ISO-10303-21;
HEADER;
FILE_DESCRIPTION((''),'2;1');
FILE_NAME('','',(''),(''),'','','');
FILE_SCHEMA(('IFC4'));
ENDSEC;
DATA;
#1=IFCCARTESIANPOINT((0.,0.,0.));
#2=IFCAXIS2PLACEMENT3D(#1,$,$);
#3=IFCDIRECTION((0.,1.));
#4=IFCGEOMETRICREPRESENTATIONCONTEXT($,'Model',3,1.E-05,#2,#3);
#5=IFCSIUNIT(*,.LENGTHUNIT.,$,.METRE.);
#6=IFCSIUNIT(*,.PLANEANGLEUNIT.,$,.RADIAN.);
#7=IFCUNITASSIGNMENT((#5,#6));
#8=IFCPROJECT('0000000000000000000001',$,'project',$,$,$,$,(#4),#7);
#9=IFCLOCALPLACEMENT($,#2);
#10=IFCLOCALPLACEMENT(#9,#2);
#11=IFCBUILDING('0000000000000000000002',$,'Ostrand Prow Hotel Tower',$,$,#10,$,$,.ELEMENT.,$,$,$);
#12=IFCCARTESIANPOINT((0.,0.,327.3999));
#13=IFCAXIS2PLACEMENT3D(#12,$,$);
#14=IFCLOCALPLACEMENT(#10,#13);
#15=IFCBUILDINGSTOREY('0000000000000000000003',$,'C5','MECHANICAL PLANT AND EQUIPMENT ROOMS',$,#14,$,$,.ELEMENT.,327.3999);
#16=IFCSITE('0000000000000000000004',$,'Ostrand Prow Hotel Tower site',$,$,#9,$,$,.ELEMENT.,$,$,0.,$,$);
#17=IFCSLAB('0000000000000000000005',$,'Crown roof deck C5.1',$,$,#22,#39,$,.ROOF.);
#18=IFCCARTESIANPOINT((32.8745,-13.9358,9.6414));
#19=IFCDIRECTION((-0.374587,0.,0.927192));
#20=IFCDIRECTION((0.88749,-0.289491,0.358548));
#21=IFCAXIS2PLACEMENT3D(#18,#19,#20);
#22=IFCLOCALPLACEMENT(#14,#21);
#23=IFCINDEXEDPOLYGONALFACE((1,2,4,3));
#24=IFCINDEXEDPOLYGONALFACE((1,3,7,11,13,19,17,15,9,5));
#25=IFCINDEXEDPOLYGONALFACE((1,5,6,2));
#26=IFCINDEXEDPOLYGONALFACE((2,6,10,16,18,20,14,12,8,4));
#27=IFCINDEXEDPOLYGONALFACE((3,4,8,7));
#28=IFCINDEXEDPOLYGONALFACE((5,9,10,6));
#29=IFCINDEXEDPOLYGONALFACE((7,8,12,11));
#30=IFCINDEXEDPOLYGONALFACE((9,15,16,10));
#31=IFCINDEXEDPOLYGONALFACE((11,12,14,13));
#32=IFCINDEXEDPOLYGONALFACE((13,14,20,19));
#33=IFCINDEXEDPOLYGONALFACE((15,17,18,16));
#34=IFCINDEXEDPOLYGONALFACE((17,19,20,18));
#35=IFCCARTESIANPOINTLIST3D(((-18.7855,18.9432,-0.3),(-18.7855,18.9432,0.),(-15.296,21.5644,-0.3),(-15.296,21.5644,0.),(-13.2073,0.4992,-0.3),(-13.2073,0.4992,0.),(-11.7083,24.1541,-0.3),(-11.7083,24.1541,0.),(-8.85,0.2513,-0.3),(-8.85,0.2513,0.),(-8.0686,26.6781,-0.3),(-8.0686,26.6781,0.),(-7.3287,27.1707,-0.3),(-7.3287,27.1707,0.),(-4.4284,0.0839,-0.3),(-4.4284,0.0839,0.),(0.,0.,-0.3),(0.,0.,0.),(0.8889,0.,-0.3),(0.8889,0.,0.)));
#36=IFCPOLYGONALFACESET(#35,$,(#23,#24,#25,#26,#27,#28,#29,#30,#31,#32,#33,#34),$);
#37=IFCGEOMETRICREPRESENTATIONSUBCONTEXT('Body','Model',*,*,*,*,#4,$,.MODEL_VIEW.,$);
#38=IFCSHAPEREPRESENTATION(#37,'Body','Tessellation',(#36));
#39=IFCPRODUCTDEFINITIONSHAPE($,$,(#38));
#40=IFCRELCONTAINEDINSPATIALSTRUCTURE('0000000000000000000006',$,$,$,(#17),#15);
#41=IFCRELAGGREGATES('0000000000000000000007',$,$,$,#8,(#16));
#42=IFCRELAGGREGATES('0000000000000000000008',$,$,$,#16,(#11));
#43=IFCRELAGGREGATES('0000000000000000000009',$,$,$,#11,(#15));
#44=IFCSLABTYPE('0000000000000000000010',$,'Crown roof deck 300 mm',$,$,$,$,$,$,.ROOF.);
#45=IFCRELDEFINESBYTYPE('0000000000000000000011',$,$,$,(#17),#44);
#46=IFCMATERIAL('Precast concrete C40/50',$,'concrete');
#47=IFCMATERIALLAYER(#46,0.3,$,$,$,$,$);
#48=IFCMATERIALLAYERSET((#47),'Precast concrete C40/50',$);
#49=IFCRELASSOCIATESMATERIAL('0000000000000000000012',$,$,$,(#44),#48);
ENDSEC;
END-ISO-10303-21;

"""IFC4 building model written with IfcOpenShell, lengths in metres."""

from ifc_helpers import new_model, si_unit, direction, frame, origin, place, context, subcontext, project, spatial, polyline, outline, extrude, material, layer, layer_set, type_object, element, save


model = new_model("IFC4")

# Units and contexts
model_context = context("Model", 3, precision=1e-05, world=origin(), true_north=direction((0.0, 1.0)))
body_context = subcontext(model_context, "Body", "Model", "MODEL_VIEW")
ifc_project = project(units=[si_unit("LENGTHUNIT", "METRE"), si_unit("PLANEANGLEUNIT", "RADIAN")], contexts=[model_context])

# Site, building, storey
site_placement = place(None, origin())
site = spatial("IfcSite", under=ifc_project, at=site_placement, Name="Ostrand Prow Hotel Tower site", CompositionType="ELEMENT", RefElevation=0.0)
building_placement = place(site_placement, origin())
building = spatial("IfcBuilding", under=site, at=building_placement, Name="Ostrand Prow Hotel Tower", CompositionType="ELEMENT")
storey_placement = place(building_placement, frame((0.0, 0.0, 327.3999)))
storey = spatial("IfcBuildingStorey", under=building, at=storey_placement, Name="C5", Description="MECHANICAL PLANT AND EQUIPMENT ROOMS", CompositionType="ELEMENT", Elevation=327.3999)

# Slab
ifc_material_1 = material(Name="Precast concrete C40/50", Category="concrete")
ifc_layer_1 = layer(ifc_material_1, 0.3)
ifc_layer_set_1 = layer_set([ifc_layer_1], Name="Precast concrete C40/50")
slab_type = type_object("IfcSlabType", Name="Crown roof deck 300 mm", PredefinedType="ROOF", material=ifc_layer_set_1)
slab_placement = place(storey_placement, frame((32.8745, -13.9358, 9.6414), z_axis=(-0.374587, 0.0, 0.927192), x_axis=(0.88749, -0.289491, 0.358548)))
element("IfcSlab", 1, at=slab_placement, inside=storey, type_object=slab_type, Name="Crown roof deck C5.1", PredefinedType="ROOF", context=body_context, shape_type="SweptSolid", body=[
    extrude(outline(polyline([(0.0, 0.0), (0.8889, 0.0), (-7.3287, 27.1707), (-8.0686, 26.6781), (-11.7083, 24.1541), (-15.296, 21.5644), (-18.7855, 18.9432), (-13.2073, 0.4992), (-8.85, 0.2513), (-4.4284, 0.0839), (0.0, 0.0)])), origin(), (0.0, 0.0, -1.0), 0.3),
])

save(model, "model.ifc")
